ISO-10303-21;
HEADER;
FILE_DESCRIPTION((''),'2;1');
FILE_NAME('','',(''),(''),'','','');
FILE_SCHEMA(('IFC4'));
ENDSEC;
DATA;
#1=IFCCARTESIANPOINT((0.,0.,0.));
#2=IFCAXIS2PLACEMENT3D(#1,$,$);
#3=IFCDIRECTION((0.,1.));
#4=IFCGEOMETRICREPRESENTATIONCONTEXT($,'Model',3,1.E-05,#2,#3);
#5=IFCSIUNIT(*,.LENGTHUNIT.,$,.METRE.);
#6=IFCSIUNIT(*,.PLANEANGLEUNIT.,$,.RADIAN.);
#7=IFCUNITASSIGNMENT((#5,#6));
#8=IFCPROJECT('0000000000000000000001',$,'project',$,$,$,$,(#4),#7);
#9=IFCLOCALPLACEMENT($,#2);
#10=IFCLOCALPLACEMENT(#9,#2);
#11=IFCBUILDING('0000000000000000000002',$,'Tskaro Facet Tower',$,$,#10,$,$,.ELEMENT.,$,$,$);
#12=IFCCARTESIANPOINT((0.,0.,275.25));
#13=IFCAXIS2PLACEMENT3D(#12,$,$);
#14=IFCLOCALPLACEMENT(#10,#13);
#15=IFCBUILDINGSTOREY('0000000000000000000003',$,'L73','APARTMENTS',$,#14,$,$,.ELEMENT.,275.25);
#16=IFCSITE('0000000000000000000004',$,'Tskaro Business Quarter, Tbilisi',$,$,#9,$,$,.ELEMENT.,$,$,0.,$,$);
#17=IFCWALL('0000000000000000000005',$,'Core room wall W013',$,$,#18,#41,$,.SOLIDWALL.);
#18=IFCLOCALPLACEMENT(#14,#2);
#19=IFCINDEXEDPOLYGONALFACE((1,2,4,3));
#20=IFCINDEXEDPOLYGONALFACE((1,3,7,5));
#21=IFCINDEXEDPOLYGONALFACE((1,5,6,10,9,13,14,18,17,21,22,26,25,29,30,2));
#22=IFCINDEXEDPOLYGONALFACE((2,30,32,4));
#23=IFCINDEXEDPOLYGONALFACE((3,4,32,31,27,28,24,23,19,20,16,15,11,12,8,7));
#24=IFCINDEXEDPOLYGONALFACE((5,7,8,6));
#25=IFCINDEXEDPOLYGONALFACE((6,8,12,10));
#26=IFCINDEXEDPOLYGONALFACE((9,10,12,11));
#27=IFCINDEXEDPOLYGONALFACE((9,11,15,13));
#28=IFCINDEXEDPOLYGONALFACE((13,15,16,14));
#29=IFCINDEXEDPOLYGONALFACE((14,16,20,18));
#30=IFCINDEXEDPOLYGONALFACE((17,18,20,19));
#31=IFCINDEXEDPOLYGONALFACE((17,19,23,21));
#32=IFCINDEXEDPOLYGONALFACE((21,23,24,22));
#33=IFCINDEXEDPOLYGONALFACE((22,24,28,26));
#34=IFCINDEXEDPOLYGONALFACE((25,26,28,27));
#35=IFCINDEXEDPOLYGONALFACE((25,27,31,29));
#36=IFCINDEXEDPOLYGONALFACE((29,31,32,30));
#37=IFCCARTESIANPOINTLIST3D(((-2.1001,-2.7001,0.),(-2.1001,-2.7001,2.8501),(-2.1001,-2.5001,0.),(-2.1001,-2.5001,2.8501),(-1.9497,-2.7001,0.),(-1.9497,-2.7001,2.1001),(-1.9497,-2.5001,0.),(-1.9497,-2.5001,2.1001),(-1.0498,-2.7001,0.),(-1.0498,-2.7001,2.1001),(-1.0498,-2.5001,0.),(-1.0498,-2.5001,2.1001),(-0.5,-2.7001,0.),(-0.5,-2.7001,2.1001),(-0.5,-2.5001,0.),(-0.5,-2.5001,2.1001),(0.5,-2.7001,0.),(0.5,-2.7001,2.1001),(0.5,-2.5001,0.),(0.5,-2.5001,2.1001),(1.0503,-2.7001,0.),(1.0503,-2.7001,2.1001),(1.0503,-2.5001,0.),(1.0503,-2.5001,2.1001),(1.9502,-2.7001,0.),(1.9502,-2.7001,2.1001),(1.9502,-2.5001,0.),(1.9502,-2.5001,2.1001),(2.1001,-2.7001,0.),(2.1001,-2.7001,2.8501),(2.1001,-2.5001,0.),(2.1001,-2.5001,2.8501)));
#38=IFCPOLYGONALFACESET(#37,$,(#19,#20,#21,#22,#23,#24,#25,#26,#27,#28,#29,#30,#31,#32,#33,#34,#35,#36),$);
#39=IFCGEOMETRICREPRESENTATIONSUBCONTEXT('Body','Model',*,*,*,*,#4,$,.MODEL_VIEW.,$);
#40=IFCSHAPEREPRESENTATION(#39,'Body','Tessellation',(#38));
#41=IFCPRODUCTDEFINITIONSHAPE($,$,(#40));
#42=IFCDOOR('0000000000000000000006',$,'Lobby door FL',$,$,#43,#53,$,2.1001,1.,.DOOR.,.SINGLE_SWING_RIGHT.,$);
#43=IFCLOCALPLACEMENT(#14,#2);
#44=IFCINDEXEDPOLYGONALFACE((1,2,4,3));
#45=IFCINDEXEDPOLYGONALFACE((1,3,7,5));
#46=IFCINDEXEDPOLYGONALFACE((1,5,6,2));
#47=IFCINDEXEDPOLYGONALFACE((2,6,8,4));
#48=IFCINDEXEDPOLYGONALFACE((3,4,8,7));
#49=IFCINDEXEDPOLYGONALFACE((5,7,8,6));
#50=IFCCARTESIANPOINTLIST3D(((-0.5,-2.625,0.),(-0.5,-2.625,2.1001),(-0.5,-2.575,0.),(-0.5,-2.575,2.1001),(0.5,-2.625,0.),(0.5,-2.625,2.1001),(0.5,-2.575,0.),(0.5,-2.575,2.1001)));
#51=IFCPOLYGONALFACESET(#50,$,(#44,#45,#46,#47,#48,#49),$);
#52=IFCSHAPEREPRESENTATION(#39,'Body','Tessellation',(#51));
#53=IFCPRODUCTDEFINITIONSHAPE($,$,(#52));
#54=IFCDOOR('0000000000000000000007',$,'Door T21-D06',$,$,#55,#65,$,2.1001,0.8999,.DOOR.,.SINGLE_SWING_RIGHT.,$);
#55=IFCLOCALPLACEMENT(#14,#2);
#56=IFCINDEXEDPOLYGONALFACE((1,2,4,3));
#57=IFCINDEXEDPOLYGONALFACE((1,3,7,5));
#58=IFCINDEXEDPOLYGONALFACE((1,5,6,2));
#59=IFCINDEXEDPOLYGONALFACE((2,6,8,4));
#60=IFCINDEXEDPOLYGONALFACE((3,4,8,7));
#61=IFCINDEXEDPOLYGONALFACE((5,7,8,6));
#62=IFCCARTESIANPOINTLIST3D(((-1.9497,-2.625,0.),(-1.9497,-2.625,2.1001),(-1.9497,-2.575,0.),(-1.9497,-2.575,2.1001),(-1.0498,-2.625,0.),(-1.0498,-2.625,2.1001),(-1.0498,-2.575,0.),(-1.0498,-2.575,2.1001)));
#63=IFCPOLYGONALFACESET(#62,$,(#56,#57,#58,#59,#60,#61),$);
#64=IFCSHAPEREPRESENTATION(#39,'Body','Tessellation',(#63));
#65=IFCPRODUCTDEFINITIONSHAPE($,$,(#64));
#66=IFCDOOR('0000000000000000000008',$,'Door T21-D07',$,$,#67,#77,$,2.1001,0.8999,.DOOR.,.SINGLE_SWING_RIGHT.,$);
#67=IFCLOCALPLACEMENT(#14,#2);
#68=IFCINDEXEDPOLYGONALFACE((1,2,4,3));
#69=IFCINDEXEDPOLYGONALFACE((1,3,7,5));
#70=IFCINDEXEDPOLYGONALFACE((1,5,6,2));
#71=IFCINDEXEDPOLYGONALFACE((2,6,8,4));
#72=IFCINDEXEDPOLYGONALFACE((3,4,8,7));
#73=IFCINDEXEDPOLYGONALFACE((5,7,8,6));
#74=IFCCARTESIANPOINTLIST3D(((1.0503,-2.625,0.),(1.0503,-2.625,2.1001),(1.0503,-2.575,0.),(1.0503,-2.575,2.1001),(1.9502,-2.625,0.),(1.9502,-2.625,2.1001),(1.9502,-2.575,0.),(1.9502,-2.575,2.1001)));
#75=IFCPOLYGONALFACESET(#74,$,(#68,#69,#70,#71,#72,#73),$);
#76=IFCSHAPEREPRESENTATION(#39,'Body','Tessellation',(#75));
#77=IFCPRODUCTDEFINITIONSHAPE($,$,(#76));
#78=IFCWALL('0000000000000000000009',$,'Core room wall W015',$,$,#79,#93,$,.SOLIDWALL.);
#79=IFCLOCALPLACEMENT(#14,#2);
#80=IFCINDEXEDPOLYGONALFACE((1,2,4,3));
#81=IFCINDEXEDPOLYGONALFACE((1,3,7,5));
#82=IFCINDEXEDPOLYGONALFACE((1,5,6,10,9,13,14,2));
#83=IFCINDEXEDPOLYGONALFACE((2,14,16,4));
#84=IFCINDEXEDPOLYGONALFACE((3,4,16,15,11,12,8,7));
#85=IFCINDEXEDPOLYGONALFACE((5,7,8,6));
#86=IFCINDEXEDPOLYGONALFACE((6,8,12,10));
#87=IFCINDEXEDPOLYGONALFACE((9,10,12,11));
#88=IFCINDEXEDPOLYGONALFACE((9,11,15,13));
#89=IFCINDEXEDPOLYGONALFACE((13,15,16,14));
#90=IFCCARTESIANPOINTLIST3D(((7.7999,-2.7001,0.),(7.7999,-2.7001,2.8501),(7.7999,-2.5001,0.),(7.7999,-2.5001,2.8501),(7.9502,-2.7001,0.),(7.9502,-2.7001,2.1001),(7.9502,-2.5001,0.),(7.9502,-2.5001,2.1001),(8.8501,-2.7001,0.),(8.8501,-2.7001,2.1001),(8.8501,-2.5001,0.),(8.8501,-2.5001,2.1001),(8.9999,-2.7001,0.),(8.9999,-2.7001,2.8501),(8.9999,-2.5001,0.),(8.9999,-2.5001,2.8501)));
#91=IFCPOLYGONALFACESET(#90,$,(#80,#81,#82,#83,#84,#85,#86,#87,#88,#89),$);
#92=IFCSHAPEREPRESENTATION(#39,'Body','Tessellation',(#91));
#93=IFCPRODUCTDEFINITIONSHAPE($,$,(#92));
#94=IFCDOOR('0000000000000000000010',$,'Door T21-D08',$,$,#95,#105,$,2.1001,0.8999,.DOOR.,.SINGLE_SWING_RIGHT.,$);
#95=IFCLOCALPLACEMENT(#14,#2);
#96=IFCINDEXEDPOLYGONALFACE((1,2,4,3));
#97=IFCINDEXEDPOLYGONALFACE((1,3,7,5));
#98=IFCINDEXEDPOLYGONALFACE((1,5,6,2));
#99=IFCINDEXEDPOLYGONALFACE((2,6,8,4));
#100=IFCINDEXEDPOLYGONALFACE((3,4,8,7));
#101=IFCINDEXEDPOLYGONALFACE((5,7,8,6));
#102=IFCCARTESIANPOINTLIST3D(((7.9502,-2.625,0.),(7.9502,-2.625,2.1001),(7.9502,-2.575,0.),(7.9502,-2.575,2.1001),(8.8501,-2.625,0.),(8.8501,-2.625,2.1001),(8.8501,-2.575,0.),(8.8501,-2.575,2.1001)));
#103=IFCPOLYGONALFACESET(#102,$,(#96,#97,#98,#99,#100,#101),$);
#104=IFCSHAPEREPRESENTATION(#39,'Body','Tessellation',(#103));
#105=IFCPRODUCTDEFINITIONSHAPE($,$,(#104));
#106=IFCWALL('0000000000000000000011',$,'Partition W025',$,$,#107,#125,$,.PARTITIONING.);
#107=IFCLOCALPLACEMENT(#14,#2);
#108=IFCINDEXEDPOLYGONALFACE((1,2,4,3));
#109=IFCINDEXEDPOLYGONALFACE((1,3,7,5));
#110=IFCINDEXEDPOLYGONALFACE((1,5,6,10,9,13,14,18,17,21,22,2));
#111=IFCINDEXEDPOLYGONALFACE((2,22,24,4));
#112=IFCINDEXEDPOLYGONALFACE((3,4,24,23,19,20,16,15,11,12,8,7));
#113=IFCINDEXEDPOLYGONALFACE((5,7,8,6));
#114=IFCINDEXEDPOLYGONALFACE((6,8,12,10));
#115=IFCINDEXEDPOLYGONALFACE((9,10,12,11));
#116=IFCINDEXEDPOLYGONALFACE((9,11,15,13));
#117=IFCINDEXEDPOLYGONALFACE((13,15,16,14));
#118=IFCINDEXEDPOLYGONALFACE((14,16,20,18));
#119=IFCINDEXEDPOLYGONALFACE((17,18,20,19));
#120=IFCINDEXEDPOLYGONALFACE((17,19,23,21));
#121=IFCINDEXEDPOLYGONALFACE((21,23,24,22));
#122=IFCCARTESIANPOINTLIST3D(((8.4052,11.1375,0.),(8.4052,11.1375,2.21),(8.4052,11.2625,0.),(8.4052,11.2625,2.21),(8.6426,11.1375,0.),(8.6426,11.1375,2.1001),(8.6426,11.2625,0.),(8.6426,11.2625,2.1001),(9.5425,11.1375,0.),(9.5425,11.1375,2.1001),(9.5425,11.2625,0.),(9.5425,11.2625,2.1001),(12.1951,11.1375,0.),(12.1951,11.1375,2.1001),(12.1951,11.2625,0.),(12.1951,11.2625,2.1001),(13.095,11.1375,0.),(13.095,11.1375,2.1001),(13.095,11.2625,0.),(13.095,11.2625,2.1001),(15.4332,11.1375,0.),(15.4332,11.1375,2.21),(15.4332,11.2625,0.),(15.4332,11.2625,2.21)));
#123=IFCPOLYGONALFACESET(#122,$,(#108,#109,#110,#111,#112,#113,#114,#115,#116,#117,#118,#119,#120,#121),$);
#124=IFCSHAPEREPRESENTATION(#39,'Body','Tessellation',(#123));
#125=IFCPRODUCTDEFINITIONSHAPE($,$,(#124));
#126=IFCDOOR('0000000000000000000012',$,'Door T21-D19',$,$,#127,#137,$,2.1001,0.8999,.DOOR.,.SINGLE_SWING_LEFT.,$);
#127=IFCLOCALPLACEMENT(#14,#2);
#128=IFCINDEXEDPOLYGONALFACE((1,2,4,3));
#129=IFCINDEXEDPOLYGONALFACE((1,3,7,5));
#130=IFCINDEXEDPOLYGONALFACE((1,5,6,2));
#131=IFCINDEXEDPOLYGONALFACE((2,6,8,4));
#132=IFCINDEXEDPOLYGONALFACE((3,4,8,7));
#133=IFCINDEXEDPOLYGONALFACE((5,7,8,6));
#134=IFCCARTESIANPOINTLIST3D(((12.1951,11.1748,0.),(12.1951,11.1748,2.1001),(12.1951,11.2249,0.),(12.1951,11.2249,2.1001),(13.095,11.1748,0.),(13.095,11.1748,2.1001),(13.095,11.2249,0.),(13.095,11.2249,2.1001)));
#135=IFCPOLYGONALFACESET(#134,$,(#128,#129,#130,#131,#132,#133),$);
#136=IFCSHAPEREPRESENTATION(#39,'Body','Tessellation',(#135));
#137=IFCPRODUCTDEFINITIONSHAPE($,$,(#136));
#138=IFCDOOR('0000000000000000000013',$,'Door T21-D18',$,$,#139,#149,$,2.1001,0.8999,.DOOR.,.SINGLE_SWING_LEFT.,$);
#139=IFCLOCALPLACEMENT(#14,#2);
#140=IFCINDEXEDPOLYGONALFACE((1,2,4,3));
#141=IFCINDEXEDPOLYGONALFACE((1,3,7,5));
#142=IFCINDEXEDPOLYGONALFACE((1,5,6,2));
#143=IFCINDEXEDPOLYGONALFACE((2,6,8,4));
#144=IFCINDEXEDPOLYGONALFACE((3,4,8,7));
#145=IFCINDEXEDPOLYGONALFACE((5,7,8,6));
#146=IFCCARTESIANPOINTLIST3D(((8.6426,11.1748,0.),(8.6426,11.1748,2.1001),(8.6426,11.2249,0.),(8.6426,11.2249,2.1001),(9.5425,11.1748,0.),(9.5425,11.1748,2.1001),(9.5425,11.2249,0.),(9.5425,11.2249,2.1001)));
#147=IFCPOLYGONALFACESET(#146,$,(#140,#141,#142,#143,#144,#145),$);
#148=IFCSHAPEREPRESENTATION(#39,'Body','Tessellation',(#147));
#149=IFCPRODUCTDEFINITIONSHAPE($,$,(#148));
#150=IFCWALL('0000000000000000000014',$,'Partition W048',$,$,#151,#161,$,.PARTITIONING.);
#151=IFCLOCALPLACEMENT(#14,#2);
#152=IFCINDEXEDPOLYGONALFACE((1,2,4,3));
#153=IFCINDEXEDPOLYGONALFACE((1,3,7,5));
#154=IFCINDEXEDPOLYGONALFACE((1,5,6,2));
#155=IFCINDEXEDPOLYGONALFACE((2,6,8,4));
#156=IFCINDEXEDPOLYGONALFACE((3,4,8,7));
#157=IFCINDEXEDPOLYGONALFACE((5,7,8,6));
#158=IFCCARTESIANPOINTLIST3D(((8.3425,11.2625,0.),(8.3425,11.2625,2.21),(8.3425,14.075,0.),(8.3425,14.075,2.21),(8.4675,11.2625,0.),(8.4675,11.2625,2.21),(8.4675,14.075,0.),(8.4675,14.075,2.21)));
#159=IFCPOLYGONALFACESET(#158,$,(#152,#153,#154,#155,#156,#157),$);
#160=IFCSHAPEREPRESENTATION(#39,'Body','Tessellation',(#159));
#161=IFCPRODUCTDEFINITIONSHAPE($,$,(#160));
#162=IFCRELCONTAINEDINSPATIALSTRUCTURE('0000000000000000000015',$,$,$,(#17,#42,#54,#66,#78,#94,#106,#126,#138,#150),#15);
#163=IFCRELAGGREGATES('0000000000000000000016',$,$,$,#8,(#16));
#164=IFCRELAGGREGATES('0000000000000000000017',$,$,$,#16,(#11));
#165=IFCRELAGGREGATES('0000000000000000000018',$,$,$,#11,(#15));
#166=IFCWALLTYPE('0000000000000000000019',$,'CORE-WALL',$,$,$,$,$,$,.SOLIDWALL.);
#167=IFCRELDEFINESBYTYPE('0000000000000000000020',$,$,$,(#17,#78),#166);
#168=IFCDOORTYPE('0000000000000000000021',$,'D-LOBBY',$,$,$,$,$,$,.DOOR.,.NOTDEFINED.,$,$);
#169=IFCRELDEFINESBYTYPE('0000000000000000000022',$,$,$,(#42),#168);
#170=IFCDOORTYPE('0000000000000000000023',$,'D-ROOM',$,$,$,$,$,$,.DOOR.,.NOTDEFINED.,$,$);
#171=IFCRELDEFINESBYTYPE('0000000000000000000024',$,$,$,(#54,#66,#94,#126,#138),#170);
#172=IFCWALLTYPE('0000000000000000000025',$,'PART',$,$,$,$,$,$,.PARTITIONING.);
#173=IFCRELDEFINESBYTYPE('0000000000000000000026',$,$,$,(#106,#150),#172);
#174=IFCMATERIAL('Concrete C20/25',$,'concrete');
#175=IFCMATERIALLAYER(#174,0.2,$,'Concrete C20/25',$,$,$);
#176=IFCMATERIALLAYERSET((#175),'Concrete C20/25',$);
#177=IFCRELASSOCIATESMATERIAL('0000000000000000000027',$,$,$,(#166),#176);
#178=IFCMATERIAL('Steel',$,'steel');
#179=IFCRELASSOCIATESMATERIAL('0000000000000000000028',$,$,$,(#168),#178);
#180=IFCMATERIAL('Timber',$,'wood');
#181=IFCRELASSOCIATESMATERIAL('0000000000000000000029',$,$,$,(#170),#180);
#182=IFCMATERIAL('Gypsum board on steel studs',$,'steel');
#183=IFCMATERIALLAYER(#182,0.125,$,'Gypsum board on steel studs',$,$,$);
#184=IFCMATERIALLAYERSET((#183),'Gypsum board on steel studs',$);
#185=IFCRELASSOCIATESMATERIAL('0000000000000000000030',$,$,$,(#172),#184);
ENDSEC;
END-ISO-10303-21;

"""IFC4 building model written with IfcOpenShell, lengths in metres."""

from ifc_helpers import new_model, si_unit, direction, frame, frame_2d, origin, place, context, subcontext, project, spatial, rectangle, extrude, material, layer, layer_set, type_object, element, fill, save


model = new_model("IFC4")

# Units and contexts
model_context = context("Model", 3, precision=1e-05, world=origin(), true_north=direction((0.0, 1.0)))
body_context = subcontext(model_context, "Body", "Model", "MODEL_VIEW")
ifc_project = project(units=[si_unit("LENGTHUNIT", "METRE"), si_unit("PLANEANGLEUNIT", "RADIAN")], contexts=[model_context])

# Site, building, storey
site_placement = place(None, origin())
site = spatial("IfcSite", under=ifc_project, at=site_placement, Name="Tskaro Business Quarter, Tbilisi", CompositionType="ELEMENT", RefElevation=0.0)
building_placement = place(site_placement, origin())
building = spatial("IfcBuilding", under=site, at=building_placement, Name="Tskaro Facet Tower", CompositionType="ELEMENT")
storey_placement = place(building_placement, frame((0.0, 0.0, 275.25)))
storey = spatial("IfcBuildingStorey", under=building, at=storey_placement, Name="L73", Description="APARTMENTS", CompositionType="ELEMENT", Elevation=275.25)

# Wall, openings, doors
ifc_material_1 = material(Name="Concrete C20/25", Category="concrete")
ifc_layer_1 = layer(ifc_material_1, 0.2, Name="Concrete C20/25")
ifc_layer_set_1 = layer_set([ifc_layer_1], Name="Concrete C20/25")
wall_type_1 = type_object("IfcWallType", Name="CORE-WALL", PredefinedType="SOLIDWALL", material=ifc_layer_set_1)
wall_1_placement = place(storey_placement, frame((2.1001, -2.6001, 0.0), z_axis=(0.0, 0.0, 1.0), x_axis=(-1.0, 0.0, 0.0)))
wall_1 = element("IfcWall", 1, at=wall_1_placement, inside=storey, type_object=wall_type_1, Name="Core room wall W013", PredefinedType="SOLIDWALL", context=body_context, shape_type="SweptSolid", body=[
    extrude(rectangle(XDim=4.2002, YDim=0.2, at=frame_2d((2.1001, 0.0))), origin(), (0.0, 0.0, 1.0), 2.8501),
])
opening_1_placement = place(wall_1_placement, frame((1.6001, 0.0, 0.0)))
opening_1 = element("IfcOpeningElement", 2, at=opening_1_placement, cuts=wall_1, PredefinedType="OPENING", context=body_context, shape_type="SweptSolid", body=[
    extrude(rectangle(XDim=1.0, YDim=2.1001, at=frame_2d((0.5, 1.05))), frame((0.0, 0.1099, 0.0), z_axis=(0.0, -1.0, 0.0), x_axis=(1.0, 0.0, 0.0)), (0.0, 0.0, 1.0), 0.22),
])
opening_2_placement = place(wall_1_placement, frame((3.1499, 0.0, 0.0)))
opening_2 = element("IfcOpeningElement", 3, at=opening_2_placement, cuts=wall_1, PredefinedType="OPENING", context=body_context, shape_type="SweptSolid", body=[
    extrude(rectangle(XDim=0.8999, YDim=2.1001, at=frame_2d((0.45, 1.05))), frame((0.0, 0.1099, 0.0), z_axis=(0.0, -1.0, 0.0), x_axis=(1.0, 0.0, 0.0)), (0.0, 0.0, 1.0), 0.22),
])
opening_3_placement = place(wall_1_placement, frame((0.1499, 0.0, 0.0)))
opening_3 = element("IfcOpeningElement", 4, at=opening_3_placement, cuts=wall_1, PredefinedType="OPENING", context=body_context, shape_type="SweptSolid", body=[
    extrude(rectangle(XDim=0.8999, YDim=2.1001, at=frame_2d((0.45, 1.05))), frame((0.0, 0.1099, 0.0), z_axis=(0.0, -1.0, 0.0), x_axis=(1.0, 0.0, 0.0)), (0.0, 0.0, 1.0), 0.22),
])
ifc_material_2 = material(Name="Steel", Category="steel")
door_type_1 = type_object("IfcDoorType", Name="D-LOBBY", OperationType="NOTDEFINED", PredefinedType="DOOR", material=ifc_material_2)
door_1_placement = place(opening_1_placement, origin())
door_1 = element("IfcDoor", 5, at=door_1_placement, inside=storey, type_object=door_type_1, Name="Lobby door FL", OperationType="SINGLE_SWING_RIGHT", OverallHeight=2.1001, OverallWidth=1.0, PredefinedType="DOOR", context=body_context, shape_type="SweptSolid", body=[
    extrude(rectangle(XDim=1.0, YDim=2.1001, at=frame_2d((0.5, 1.05))), frame((0.0, 0.0249, 0.0), z_axis=(0.0, -1.0, 0.0), x_axis=(1.0, 0.0, 0.0)), (0.0, 0.0, 1.0), 0.05),
])
fill(opening_1, door_1)
ifc_material_3 = material(Name="Timber", Category="wood")
door_type_2 = type_object("IfcDoorType", Name="D-ROOM", OperationType="NOTDEFINED", PredefinedType="DOOR", material=ifc_material_3)
door_2_placement = place(opening_2_placement, origin())
door_2 = element("IfcDoor", 6, at=door_2_placement, inside=storey, type_object=door_type_2, Name="Door T21-D06", OperationType="SINGLE_SWING_RIGHT", OverallHeight=2.1001, OverallWidth=0.8999, PredefinedType="DOOR", context=body_context, shape_type="SweptSolid", body=[
    extrude(rectangle(XDim=0.8999, YDim=2.1001, at=frame_2d((0.45, 1.05))), frame((0.0, 0.0249, 0.0), z_axis=(0.0, -1.0, 0.0), x_axis=(1.0, 0.0, 0.0)), (0.0, 0.0, 1.0), 0.05),
])
fill(opening_2, door_2)
door_3_placement = place(opening_3_placement, origin())
door_3 = element("IfcDoor", 7, at=door_3_placement, inside=storey, type_object=door_type_2, Name="Door T21-D07", OperationType="SINGLE_SWING_RIGHT", OverallHeight=2.1001, OverallWidth=0.8999, PredefinedType="DOOR", context=body_context, shape_type="SweptSolid", body=[
    extrude(rectangle(XDim=0.8999, YDim=2.1001, at=frame_2d((0.45, 1.05))), frame((0.0, 0.0249, 0.0), z_axis=(0.0, -1.0, 0.0), x_axis=(1.0, 0.0, 0.0)), (0.0, 0.0, 1.0), 0.05),
])
fill(opening_3, door_3)

# Wall, opening, door
wall_2_placement = place(storey_placement, frame((9.0, -2.6001, 0.0), z_axis=(0.0, 0.0, 1.0), x_axis=(-1.0, 0.0, 0.0)))
wall_2 = element("IfcWall", 8, at=wall_2_placement, inside=storey, type_object=wall_type_1, Name="Core room wall W015", PredefinedType="SOLIDWALL", context=body_context, shape_type="SweptSolid", body=[
    extrude(rectangle(XDim=1.2, YDim=0.2, at=frame_2d((0.6001, 0.0))), origin(), (0.0, 0.0, 1.0), 2.8501),
])
opening_4_placement = place(wall_2_placement, frame((0.1499, 0.0, 0.0)))
opening_4 = element("IfcOpeningElement", 9, at=opening_4_placement, cuts=wall_2, PredefinedType="OPENING", context=body_context, shape_type="SweptSolid", body=[
    extrude(rectangle(XDim=0.8999, YDim=2.1001, at=frame_2d((0.45, 1.05))), frame((0.0, 0.1099, 0.0), z_axis=(0.0, -1.0, 0.0), x_axis=(1.0, 0.0, 0.0)), (0.0, 0.0, 1.0), 0.22),
])
door_4_placement = place(opening_4_placement, origin())
door_4 = element("IfcDoor", 10, at=door_4_placement, inside=storey, type_object=door_type_2, Name="Door T21-D08", OperationType="SINGLE_SWING_RIGHT", OverallHeight=2.1001, OverallWidth=0.8999, PredefinedType="DOOR", context=body_context, shape_type="SweptSolid", body=[
    extrude(rectangle(XDim=0.8999, YDim=2.1001, at=frame_2d((0.45, 1.05))), frame((0.0, 0.0249, 0.0), z_axis=(0.0, -1.0, 0.0), x_axis=(1.0, 0.0, 0.0)), (0.0, 0.0, 1.0), 0.05),
])
fill(opening_4, door_4)

# Wall, openings, doors
ifc_material_4 = material(Name="Gypsum board on steel studs", Category="steel")
ifc_layer_2 = layer(ifc_material_4, 0.125, Name="Gypsum board on steel studs")
ifc_layer_set_2 = layer_set([ifc_layer_2], Name="Gypsum board on steel studs")
wall_type_2 = type_object("IfcWallType", Name="PART", PredefinedType="PARTITIONING", material=ifc_layer_set_2)
wall_3_placement = place(storey_placement, frame((8.405, 11.2, 0.0), z_axis=(0.0, 0.0, 1.0), x_axis=(1.0, 0.0, 0.0)))
wall_3 = element("IfcWall", 11, at=wall_3_placement, inside=storey, type_object=wall_type_2, Name="Partition W025", PredefinedType="PARTITIONING", context=body_context, shape_type="SweptSolid", body=[
    extrude(rectangle(XDim=7.0281, YDim=0.125, at=frame_2d((3.5142, 0.0))), origin(), (0.0, 0.0, 1.0), 2.21),
])
opening_5_placement = place(wall_3_placement, frame((3.79, 0.0, 0.0)))
opening_5 = element("IfcOpeningElement", 12, at=opening_5_placement, cuts=wall_3, PredefinedType="OPENING", context=body_context, shape_type="SweptSolid", body=[
    extrude(rectangle(XDim=0.8999, YDim=2.1001, at=frame_2d((0.45, 1.05))), frame((0.0, 0.0725, 0.0), z_axis=(0.0, -1.0, 0.0), x_axis=(1.0, 0.0, 0.0)), (0.0, 0.0, 1.0), 0.145),
])
opening_6_placement = place(wall_3_placement, frame((0.2375, 0.0, 0.0)))
opening_6 = element("IfcOpeningElement", 13, at=opening_6_placement, cuts=wall_3, PredefinedType="OPENING", context=body_context, shape_type="SweptSolid", body=[
    extrude(rectangle(XDim=0.8999, YDim=2.1001, at=frame_2d((0.45, 1.05))), frame((0.0, 0.0725, 0.0), z_axis=(0.0, -1.0, 0.0), x_axis=(1.0, 0.0, 0.0)), (0.0, 0.0, 1.0), 0.145),
])
door_5_placement = place(opening_5_placement, origin())
door_5 = element("IfcDoor", 14, at=door_5_placement, inside=storey, type_object=door_type_2, Name="Door T21-D19", OperationType="SINGLE_SWING_LEFT", OverallHeight=2.1001, OverallWidth=0.8999, PredefinedType="DOOR", context=body_context, shape_type="SweptSolid", body=[
    extrude(rectangle(XDim=0.8999, YDim=2.1001, at=frame_2d((0.45, 1.05))), frame((0.0, 0.0249, 0.0), z_axis=(0.0, -1.0, 0.0), x_axis=(1.0, 0.0, 0.0)), (0.0, 0.0, 1.0), 0.05),
])
fill(opening_5, door_5)
door_6_placement = place(opening_6_placement, origin())
door_6 = element("IfcDoor", 15, at=door_6_placement, inside=storey, type_object=door_type_2, Name="Door T21-D18", OperationType="SINGLE_SWING_LEFT", OverallHeight=2.1001, OverallWidth=0.8999, PredefinedType="DOOR", context=body_context, shape_type="SweptSolid", body=[
    extrude(rectangle(XDim=0.8999, YDim=2.1001, at=frame_2d((0.45, 1.05))), frame((0.0, 0.0249, 0.0), z_axis=(0.0, -1.0, 0.0), x_axis=(1.0, 0.0, 0.0)), (0.0, 0.0, 1.0), 0.05),
])
fill(opening_6, door_6)

# Wall
wall_4_placement = place(storey_placement, frame((8.405, 11.2625, 0.0), z_axis=(0.0, 0.0, 1.0), x_axis=(0.0, 1.0, 0.0)))
element("IfcWall", 16, at=wall_4_placement, inside=storey, type_object=wall_type_2, Name="Partition W048", PredefinedType="PARTITIONING", context=body_context, shape_type="SweptSolid", body=[
    extrude(rectangle(XDim=2.8125, YDim=0.125, at=frame_2d((1.4062, 0.0))), origin(), (0.0, 0.0, 1.0), 2.21),
])

save(model, "model.ifc")
